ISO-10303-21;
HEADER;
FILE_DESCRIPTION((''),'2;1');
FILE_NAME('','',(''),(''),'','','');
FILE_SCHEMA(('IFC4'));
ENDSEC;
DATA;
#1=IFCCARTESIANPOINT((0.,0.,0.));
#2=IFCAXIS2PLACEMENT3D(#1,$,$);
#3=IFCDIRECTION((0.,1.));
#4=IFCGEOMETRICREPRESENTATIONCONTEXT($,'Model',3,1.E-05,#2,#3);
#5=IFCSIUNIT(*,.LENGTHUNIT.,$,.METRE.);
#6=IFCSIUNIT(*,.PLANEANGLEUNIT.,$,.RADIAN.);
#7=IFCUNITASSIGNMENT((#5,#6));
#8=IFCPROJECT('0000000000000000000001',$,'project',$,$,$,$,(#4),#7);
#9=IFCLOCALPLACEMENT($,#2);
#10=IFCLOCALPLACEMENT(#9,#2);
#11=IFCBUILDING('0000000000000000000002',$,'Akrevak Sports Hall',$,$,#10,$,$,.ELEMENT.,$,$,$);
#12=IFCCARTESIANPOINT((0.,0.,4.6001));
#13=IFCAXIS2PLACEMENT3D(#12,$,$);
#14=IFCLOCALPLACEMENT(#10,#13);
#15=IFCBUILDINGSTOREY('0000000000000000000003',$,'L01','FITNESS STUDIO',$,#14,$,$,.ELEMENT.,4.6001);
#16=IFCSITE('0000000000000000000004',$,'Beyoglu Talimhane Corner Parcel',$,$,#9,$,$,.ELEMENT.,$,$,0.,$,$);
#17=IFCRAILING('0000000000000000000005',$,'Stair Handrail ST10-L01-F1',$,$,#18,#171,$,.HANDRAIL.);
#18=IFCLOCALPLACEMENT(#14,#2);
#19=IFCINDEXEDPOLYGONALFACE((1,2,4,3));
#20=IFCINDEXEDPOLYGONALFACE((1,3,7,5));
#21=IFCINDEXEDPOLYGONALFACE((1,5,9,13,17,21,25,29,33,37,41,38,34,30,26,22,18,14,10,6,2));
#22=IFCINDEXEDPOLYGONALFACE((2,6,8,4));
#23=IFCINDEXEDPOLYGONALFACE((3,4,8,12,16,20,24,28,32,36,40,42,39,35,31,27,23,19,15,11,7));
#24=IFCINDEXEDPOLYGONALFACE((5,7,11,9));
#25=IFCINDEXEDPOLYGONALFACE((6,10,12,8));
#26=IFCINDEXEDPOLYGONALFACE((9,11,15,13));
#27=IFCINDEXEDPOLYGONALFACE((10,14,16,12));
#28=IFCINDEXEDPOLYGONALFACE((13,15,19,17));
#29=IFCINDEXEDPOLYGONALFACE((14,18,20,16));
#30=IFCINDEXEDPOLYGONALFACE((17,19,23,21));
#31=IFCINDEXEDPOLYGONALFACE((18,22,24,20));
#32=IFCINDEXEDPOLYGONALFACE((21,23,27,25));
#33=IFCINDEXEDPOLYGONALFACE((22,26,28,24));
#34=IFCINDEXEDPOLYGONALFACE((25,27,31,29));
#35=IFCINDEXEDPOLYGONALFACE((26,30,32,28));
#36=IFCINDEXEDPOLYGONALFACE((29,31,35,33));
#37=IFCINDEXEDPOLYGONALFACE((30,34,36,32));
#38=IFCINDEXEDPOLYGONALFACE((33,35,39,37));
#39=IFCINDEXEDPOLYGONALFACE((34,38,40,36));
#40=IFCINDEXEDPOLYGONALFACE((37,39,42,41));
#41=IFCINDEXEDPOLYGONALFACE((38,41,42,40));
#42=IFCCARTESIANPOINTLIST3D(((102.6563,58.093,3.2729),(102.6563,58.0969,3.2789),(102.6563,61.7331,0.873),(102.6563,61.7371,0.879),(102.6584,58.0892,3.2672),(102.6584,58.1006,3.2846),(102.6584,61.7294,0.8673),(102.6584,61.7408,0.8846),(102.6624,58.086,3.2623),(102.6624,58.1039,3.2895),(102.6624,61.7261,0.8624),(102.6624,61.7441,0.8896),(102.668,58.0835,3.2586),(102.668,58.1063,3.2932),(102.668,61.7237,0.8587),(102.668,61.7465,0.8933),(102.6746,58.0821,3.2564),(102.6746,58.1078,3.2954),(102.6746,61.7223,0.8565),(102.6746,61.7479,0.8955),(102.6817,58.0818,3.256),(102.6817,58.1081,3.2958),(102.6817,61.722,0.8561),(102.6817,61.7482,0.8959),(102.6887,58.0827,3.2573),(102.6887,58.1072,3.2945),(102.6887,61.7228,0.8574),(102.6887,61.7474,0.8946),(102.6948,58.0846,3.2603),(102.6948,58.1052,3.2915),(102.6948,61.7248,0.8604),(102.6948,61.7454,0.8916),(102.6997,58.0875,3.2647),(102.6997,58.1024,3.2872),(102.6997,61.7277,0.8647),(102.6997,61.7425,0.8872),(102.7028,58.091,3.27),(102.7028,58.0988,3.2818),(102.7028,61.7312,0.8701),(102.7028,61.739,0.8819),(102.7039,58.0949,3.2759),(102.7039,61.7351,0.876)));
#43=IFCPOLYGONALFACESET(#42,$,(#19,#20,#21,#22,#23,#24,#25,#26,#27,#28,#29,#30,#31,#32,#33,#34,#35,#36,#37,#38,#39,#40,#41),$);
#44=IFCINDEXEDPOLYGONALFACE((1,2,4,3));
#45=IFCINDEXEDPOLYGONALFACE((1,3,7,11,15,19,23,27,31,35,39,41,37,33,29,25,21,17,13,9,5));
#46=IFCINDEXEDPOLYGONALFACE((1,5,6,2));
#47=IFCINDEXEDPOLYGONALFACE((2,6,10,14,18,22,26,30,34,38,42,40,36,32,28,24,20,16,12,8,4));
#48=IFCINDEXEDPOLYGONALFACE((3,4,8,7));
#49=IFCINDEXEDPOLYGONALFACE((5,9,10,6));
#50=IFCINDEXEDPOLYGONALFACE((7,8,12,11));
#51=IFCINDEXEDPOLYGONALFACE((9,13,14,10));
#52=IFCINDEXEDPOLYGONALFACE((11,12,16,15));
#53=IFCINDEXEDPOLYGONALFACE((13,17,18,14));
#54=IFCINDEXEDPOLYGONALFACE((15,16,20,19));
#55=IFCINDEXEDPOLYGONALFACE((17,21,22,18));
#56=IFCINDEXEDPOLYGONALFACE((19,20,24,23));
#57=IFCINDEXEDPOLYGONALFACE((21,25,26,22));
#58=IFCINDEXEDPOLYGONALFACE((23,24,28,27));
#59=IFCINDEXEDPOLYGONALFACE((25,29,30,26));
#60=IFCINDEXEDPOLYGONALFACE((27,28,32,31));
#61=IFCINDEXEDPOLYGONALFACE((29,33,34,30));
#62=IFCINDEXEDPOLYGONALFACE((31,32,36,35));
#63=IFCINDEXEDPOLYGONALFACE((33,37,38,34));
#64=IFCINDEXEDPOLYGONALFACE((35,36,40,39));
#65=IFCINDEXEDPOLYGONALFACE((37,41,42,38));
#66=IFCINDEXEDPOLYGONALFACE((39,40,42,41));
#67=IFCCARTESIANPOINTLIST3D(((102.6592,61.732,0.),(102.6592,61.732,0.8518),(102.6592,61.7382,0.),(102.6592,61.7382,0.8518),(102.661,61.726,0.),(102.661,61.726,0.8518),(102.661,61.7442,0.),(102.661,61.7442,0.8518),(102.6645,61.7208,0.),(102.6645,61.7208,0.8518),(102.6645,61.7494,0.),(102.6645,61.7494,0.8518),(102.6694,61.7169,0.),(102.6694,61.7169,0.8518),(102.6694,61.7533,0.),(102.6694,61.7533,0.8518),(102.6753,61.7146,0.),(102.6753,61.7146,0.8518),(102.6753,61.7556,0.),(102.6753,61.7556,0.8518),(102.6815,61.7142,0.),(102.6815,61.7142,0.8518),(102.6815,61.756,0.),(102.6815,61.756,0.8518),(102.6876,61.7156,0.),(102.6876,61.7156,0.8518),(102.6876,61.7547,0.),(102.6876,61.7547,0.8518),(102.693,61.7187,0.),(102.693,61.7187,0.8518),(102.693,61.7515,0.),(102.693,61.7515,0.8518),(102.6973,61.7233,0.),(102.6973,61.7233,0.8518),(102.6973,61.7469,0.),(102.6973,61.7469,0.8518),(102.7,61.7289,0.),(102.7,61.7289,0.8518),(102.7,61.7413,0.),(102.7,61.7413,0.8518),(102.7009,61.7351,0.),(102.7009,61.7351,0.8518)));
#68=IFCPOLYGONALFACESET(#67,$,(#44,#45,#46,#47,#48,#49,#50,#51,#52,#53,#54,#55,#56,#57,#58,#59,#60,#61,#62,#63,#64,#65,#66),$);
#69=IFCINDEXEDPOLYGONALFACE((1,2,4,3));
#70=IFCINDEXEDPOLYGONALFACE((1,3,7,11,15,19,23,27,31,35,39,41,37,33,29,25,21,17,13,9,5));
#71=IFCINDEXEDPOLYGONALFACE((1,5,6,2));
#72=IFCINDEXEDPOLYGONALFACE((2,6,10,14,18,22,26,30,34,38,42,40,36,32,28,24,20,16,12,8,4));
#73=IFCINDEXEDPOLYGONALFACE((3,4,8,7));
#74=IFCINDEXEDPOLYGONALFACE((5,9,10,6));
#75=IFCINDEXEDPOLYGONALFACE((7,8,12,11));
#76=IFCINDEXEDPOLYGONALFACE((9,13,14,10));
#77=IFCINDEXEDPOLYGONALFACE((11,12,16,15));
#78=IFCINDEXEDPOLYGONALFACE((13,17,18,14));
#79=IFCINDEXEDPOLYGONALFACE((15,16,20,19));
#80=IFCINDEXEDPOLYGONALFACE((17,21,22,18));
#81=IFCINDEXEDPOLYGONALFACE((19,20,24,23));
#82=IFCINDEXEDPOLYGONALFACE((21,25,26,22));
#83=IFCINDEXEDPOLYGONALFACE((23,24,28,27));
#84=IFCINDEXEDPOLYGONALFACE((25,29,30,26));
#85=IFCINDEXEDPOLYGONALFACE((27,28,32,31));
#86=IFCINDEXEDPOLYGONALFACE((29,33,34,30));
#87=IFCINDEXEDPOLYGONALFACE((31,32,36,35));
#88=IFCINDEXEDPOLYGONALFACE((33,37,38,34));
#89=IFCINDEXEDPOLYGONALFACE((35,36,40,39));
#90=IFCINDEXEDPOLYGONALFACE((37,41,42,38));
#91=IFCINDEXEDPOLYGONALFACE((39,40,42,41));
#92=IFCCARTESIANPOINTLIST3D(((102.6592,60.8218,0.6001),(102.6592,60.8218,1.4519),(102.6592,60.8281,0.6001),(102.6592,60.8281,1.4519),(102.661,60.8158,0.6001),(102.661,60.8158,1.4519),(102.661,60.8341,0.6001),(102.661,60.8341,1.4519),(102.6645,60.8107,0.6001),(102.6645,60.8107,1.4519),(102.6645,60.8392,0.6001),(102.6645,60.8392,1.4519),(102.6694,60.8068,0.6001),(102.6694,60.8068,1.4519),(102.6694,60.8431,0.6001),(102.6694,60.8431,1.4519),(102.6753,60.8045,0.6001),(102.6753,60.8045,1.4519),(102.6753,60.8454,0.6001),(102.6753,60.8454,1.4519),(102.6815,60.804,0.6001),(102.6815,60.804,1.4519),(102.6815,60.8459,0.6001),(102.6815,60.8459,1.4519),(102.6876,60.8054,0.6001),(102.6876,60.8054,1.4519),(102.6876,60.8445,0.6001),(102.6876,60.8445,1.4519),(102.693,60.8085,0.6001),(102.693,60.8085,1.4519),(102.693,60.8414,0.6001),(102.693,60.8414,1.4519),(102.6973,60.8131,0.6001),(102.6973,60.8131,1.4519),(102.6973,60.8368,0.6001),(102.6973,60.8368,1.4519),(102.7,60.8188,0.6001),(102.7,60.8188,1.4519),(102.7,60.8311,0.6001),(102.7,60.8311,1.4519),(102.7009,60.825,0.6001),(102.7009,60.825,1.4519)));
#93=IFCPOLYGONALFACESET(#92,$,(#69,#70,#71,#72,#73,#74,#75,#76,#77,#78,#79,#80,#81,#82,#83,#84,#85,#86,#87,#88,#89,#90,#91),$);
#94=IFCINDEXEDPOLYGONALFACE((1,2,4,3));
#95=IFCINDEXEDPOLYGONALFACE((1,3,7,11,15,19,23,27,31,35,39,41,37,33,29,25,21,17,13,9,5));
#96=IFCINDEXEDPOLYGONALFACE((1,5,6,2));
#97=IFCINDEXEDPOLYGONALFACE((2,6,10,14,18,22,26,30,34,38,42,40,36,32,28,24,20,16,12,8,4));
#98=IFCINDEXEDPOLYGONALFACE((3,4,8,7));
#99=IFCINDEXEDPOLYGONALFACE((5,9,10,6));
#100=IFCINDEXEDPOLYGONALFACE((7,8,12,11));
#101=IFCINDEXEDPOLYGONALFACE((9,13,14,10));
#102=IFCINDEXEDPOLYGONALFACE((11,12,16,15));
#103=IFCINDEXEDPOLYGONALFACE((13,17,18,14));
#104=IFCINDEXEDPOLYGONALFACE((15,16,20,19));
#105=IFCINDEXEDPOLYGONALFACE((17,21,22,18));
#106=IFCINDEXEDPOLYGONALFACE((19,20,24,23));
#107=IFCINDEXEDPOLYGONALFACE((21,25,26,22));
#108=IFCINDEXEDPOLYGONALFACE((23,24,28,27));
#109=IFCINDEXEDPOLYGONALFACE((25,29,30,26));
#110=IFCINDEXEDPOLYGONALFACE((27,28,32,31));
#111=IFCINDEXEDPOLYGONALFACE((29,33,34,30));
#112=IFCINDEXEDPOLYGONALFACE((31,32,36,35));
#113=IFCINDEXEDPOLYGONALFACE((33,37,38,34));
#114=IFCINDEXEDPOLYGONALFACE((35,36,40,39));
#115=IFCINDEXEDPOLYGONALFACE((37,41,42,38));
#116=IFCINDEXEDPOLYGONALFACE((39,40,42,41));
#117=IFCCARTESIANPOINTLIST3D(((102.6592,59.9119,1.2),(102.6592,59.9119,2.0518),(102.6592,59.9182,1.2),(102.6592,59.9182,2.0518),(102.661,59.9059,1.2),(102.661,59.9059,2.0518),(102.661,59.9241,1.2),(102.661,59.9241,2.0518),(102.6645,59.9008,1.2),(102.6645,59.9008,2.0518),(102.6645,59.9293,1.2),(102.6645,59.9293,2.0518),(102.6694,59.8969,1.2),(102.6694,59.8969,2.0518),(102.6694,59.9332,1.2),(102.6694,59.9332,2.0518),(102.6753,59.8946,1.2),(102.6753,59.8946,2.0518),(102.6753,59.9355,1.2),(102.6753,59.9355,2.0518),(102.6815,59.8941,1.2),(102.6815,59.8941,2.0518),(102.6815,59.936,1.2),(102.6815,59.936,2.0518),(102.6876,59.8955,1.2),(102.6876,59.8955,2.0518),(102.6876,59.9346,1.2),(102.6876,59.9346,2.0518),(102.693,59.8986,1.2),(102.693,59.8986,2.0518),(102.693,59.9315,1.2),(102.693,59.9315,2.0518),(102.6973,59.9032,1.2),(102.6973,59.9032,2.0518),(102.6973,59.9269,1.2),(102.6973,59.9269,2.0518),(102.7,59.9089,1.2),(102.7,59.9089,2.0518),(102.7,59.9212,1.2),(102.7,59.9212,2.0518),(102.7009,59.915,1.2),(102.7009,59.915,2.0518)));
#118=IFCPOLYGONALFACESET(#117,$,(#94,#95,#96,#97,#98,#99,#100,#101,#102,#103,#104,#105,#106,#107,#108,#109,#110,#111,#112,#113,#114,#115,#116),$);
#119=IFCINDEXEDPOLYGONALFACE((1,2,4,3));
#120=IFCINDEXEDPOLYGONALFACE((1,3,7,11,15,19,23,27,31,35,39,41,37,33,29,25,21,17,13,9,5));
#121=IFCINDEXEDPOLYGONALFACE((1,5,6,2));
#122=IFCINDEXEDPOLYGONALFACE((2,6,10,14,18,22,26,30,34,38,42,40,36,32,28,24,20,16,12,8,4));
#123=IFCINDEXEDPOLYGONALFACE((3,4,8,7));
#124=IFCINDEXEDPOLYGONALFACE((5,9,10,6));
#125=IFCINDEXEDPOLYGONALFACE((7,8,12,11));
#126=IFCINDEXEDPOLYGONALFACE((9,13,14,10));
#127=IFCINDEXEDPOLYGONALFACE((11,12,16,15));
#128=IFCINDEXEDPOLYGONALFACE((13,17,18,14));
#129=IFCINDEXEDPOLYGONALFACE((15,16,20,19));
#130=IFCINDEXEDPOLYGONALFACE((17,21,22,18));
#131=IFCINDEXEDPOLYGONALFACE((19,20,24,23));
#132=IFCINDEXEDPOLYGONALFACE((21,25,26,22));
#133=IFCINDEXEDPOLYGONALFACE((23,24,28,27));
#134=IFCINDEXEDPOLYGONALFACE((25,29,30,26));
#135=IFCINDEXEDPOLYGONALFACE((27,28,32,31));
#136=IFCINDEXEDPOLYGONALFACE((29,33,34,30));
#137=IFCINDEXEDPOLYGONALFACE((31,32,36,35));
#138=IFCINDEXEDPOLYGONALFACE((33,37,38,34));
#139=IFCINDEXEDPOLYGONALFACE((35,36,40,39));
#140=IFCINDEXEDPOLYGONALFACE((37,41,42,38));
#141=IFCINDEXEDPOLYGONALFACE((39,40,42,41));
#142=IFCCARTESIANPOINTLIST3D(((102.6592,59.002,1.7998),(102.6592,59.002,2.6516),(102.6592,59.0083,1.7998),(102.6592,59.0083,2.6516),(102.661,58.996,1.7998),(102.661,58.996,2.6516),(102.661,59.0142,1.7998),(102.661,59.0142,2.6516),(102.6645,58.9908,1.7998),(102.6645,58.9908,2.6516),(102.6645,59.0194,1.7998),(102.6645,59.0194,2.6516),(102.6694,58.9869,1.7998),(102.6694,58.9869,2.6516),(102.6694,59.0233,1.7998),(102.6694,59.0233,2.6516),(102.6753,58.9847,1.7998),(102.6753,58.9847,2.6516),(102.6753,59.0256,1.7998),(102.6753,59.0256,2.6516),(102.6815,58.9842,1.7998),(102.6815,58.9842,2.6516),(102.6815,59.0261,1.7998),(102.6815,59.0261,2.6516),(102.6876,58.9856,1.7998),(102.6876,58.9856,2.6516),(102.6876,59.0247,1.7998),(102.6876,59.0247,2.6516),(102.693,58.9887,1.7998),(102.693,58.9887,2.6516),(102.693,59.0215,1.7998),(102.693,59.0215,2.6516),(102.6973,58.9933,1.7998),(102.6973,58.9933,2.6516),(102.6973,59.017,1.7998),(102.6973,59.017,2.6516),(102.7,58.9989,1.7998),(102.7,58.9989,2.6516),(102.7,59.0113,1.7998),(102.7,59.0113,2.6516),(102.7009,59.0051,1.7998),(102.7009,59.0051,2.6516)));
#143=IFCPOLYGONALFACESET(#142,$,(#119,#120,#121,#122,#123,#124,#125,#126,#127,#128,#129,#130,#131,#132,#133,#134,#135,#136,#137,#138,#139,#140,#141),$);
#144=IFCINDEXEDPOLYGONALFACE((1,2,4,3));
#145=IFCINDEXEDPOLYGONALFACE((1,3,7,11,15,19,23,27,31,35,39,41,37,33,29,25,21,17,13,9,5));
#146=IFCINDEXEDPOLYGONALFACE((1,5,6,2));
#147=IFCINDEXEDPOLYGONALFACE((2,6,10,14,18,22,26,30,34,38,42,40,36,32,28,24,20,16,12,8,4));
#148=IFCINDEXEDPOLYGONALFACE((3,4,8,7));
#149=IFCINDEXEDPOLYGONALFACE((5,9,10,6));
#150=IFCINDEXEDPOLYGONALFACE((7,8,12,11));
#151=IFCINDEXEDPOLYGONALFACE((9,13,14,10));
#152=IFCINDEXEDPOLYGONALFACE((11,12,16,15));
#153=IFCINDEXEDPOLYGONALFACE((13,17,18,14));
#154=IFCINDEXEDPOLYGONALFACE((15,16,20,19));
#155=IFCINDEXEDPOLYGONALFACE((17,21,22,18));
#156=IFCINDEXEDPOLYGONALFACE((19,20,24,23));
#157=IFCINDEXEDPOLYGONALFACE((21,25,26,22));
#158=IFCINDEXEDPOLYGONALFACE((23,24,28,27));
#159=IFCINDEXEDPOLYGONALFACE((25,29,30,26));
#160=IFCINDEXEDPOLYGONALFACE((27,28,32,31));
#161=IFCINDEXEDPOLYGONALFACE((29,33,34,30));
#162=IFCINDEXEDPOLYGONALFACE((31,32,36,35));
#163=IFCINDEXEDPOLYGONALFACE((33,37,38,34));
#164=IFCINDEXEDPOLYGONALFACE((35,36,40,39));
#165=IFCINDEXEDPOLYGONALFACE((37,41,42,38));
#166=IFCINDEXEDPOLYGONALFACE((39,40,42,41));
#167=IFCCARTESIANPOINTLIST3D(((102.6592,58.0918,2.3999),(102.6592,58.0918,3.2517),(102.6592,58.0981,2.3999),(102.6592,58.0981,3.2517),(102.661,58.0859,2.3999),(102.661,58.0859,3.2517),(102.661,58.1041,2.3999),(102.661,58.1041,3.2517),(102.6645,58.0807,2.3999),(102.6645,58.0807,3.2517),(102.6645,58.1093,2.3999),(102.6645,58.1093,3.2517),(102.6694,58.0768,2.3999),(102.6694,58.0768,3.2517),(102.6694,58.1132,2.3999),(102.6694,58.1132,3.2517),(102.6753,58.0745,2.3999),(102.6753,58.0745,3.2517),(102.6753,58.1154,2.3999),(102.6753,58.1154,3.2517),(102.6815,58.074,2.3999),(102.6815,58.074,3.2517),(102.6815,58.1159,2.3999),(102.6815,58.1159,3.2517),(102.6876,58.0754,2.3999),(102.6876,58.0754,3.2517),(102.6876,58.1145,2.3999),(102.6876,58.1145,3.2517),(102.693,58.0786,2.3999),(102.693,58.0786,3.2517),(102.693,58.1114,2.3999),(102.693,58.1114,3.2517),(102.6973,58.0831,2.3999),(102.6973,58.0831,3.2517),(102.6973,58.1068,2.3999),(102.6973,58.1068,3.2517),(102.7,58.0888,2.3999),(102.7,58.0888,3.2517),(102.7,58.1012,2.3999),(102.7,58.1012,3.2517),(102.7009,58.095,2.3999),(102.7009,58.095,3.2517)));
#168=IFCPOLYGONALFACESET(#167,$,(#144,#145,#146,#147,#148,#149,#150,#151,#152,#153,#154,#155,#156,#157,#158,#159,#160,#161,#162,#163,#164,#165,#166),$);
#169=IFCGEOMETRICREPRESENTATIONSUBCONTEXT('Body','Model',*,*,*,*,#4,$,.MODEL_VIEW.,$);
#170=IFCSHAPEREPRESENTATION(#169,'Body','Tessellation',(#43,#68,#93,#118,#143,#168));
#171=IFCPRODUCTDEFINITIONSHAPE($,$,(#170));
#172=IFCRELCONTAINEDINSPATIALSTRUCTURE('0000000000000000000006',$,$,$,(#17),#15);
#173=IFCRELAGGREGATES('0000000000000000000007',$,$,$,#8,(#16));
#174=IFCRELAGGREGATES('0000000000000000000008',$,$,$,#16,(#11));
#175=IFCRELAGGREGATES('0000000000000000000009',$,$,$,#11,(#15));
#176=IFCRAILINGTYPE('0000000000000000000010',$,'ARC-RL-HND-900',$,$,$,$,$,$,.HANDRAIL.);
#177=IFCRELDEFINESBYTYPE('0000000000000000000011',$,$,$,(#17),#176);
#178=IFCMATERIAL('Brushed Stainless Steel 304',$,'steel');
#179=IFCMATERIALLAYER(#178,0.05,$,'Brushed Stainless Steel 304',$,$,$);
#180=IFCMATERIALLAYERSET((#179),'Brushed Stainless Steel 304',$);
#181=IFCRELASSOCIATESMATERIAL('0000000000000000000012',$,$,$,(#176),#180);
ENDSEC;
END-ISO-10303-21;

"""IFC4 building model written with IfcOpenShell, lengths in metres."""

from ifc_helpers import new_model, si_unit, direction, frame, origin, origin_2d, place, context, subcontext, project, spatial, circle, extrude, material, layer, layer_set, type_object, element, save


model = new_model("IFC4")

# Units and contexts
model_context = context("Model", 3, precision=1e-05, world=origin(), true_north=direction((0.0, 1.0)))
body_context = subcontext(model_context, "Body", "Model", "MODEL_VIEW")
ifc_project = project(units=[si_unit("LENGTHUNIT", "METRE"), si_unit("PLANEANGLEUNIT", "RADIAN")], contexts=[model_context])

# Site, building, storey
site_placement = place(None, origin())
site = spatial("IfcSite", under=ifc_project, at=site_placement, Name="Beyoglu Talimhane Corner Parcel", CompositionType="ELEMENT", RefElevation=0.0)
building_placement = place(site_placement, origin())
building = spatial("IfcBuilding", under=site, at=building_placement, Name="Akrevak Sports Hall", CompositionType="ELEMENT")
storey_placement = place(building_placement, frame((0.0, 0.0, 4.6001)))
storey = spatial("IfcBuildingStorey", under=building, at=storey_placement, Name="L01", Description="FITNESS STUDIO", CompositionType="ELEMENT", Elevation=4.6001)

# Railing
ifc_material_1 = material(Name="Brushed Stainless Steel 304", Category="steel")
ifc_layer_1 = layer(ifc_material_1, 0.05, Name="Brushed Stainless Steel 304")
ifc_layer_set_1 = layer_set([ifc_layer_1], Name="Brushed Stainless Steel 304")
railing_type_1 = type_object("IfcRailingType", Name="ARC-RL-HND-900", PredefinedType="HANDRAIL", material=ifc_layer_set_1)
railing_1_placement = place(storey_placement, frame((102.6799, 61.7351, 0.0)))
element("IfcRailing", 1, at=railing_1_placement, inside=storey, type_object=railing_type_1, Name="Stair Handrail ST10-L01-F1", PredefinedType="HANDRAIL", context=body_context, shape_type="SweptSolid", body=[
    extrude(circle(Radius=0.0239, at=origin_2d()), frame((0.0, 0.0, 0.876), z_axis=(0.0, -0.834882, 0.550429), x_axis=(1.0, 0.0, 0.0)), (0.0, 0.0, 1.0), 4.3601),
    extrude(circle(Radius=0.021, at=origin_2d()), origin(), (0.0, 0.0, 1.0), 0.8518),
    extrude(circle(Radius=0.021, at=origin_2d()), frame((0.0, -0.9102, 0.6001)), (0.0, 0.0, 1.0), 0.8518),
    extrude(circle(Radius=0.021, at=origin_2d()), frame((0.0, -1.8201, 1.2)), (0.0, 0.0, 1.0), 0.8518),
    extrude(circle(Radius=0.021, at=origin_2d()), frame((0.0, -2.73, 1.7998)), (0.0, 0.0, 1.0), 0.8518),
    extrude(circle(Radius=0.021, at=origin_2d()), frame((0.0, -3.6401, 2.3999)), (0.0, 0.0, 1.0), 0.8518),
])

save(model, "model.ifc")
